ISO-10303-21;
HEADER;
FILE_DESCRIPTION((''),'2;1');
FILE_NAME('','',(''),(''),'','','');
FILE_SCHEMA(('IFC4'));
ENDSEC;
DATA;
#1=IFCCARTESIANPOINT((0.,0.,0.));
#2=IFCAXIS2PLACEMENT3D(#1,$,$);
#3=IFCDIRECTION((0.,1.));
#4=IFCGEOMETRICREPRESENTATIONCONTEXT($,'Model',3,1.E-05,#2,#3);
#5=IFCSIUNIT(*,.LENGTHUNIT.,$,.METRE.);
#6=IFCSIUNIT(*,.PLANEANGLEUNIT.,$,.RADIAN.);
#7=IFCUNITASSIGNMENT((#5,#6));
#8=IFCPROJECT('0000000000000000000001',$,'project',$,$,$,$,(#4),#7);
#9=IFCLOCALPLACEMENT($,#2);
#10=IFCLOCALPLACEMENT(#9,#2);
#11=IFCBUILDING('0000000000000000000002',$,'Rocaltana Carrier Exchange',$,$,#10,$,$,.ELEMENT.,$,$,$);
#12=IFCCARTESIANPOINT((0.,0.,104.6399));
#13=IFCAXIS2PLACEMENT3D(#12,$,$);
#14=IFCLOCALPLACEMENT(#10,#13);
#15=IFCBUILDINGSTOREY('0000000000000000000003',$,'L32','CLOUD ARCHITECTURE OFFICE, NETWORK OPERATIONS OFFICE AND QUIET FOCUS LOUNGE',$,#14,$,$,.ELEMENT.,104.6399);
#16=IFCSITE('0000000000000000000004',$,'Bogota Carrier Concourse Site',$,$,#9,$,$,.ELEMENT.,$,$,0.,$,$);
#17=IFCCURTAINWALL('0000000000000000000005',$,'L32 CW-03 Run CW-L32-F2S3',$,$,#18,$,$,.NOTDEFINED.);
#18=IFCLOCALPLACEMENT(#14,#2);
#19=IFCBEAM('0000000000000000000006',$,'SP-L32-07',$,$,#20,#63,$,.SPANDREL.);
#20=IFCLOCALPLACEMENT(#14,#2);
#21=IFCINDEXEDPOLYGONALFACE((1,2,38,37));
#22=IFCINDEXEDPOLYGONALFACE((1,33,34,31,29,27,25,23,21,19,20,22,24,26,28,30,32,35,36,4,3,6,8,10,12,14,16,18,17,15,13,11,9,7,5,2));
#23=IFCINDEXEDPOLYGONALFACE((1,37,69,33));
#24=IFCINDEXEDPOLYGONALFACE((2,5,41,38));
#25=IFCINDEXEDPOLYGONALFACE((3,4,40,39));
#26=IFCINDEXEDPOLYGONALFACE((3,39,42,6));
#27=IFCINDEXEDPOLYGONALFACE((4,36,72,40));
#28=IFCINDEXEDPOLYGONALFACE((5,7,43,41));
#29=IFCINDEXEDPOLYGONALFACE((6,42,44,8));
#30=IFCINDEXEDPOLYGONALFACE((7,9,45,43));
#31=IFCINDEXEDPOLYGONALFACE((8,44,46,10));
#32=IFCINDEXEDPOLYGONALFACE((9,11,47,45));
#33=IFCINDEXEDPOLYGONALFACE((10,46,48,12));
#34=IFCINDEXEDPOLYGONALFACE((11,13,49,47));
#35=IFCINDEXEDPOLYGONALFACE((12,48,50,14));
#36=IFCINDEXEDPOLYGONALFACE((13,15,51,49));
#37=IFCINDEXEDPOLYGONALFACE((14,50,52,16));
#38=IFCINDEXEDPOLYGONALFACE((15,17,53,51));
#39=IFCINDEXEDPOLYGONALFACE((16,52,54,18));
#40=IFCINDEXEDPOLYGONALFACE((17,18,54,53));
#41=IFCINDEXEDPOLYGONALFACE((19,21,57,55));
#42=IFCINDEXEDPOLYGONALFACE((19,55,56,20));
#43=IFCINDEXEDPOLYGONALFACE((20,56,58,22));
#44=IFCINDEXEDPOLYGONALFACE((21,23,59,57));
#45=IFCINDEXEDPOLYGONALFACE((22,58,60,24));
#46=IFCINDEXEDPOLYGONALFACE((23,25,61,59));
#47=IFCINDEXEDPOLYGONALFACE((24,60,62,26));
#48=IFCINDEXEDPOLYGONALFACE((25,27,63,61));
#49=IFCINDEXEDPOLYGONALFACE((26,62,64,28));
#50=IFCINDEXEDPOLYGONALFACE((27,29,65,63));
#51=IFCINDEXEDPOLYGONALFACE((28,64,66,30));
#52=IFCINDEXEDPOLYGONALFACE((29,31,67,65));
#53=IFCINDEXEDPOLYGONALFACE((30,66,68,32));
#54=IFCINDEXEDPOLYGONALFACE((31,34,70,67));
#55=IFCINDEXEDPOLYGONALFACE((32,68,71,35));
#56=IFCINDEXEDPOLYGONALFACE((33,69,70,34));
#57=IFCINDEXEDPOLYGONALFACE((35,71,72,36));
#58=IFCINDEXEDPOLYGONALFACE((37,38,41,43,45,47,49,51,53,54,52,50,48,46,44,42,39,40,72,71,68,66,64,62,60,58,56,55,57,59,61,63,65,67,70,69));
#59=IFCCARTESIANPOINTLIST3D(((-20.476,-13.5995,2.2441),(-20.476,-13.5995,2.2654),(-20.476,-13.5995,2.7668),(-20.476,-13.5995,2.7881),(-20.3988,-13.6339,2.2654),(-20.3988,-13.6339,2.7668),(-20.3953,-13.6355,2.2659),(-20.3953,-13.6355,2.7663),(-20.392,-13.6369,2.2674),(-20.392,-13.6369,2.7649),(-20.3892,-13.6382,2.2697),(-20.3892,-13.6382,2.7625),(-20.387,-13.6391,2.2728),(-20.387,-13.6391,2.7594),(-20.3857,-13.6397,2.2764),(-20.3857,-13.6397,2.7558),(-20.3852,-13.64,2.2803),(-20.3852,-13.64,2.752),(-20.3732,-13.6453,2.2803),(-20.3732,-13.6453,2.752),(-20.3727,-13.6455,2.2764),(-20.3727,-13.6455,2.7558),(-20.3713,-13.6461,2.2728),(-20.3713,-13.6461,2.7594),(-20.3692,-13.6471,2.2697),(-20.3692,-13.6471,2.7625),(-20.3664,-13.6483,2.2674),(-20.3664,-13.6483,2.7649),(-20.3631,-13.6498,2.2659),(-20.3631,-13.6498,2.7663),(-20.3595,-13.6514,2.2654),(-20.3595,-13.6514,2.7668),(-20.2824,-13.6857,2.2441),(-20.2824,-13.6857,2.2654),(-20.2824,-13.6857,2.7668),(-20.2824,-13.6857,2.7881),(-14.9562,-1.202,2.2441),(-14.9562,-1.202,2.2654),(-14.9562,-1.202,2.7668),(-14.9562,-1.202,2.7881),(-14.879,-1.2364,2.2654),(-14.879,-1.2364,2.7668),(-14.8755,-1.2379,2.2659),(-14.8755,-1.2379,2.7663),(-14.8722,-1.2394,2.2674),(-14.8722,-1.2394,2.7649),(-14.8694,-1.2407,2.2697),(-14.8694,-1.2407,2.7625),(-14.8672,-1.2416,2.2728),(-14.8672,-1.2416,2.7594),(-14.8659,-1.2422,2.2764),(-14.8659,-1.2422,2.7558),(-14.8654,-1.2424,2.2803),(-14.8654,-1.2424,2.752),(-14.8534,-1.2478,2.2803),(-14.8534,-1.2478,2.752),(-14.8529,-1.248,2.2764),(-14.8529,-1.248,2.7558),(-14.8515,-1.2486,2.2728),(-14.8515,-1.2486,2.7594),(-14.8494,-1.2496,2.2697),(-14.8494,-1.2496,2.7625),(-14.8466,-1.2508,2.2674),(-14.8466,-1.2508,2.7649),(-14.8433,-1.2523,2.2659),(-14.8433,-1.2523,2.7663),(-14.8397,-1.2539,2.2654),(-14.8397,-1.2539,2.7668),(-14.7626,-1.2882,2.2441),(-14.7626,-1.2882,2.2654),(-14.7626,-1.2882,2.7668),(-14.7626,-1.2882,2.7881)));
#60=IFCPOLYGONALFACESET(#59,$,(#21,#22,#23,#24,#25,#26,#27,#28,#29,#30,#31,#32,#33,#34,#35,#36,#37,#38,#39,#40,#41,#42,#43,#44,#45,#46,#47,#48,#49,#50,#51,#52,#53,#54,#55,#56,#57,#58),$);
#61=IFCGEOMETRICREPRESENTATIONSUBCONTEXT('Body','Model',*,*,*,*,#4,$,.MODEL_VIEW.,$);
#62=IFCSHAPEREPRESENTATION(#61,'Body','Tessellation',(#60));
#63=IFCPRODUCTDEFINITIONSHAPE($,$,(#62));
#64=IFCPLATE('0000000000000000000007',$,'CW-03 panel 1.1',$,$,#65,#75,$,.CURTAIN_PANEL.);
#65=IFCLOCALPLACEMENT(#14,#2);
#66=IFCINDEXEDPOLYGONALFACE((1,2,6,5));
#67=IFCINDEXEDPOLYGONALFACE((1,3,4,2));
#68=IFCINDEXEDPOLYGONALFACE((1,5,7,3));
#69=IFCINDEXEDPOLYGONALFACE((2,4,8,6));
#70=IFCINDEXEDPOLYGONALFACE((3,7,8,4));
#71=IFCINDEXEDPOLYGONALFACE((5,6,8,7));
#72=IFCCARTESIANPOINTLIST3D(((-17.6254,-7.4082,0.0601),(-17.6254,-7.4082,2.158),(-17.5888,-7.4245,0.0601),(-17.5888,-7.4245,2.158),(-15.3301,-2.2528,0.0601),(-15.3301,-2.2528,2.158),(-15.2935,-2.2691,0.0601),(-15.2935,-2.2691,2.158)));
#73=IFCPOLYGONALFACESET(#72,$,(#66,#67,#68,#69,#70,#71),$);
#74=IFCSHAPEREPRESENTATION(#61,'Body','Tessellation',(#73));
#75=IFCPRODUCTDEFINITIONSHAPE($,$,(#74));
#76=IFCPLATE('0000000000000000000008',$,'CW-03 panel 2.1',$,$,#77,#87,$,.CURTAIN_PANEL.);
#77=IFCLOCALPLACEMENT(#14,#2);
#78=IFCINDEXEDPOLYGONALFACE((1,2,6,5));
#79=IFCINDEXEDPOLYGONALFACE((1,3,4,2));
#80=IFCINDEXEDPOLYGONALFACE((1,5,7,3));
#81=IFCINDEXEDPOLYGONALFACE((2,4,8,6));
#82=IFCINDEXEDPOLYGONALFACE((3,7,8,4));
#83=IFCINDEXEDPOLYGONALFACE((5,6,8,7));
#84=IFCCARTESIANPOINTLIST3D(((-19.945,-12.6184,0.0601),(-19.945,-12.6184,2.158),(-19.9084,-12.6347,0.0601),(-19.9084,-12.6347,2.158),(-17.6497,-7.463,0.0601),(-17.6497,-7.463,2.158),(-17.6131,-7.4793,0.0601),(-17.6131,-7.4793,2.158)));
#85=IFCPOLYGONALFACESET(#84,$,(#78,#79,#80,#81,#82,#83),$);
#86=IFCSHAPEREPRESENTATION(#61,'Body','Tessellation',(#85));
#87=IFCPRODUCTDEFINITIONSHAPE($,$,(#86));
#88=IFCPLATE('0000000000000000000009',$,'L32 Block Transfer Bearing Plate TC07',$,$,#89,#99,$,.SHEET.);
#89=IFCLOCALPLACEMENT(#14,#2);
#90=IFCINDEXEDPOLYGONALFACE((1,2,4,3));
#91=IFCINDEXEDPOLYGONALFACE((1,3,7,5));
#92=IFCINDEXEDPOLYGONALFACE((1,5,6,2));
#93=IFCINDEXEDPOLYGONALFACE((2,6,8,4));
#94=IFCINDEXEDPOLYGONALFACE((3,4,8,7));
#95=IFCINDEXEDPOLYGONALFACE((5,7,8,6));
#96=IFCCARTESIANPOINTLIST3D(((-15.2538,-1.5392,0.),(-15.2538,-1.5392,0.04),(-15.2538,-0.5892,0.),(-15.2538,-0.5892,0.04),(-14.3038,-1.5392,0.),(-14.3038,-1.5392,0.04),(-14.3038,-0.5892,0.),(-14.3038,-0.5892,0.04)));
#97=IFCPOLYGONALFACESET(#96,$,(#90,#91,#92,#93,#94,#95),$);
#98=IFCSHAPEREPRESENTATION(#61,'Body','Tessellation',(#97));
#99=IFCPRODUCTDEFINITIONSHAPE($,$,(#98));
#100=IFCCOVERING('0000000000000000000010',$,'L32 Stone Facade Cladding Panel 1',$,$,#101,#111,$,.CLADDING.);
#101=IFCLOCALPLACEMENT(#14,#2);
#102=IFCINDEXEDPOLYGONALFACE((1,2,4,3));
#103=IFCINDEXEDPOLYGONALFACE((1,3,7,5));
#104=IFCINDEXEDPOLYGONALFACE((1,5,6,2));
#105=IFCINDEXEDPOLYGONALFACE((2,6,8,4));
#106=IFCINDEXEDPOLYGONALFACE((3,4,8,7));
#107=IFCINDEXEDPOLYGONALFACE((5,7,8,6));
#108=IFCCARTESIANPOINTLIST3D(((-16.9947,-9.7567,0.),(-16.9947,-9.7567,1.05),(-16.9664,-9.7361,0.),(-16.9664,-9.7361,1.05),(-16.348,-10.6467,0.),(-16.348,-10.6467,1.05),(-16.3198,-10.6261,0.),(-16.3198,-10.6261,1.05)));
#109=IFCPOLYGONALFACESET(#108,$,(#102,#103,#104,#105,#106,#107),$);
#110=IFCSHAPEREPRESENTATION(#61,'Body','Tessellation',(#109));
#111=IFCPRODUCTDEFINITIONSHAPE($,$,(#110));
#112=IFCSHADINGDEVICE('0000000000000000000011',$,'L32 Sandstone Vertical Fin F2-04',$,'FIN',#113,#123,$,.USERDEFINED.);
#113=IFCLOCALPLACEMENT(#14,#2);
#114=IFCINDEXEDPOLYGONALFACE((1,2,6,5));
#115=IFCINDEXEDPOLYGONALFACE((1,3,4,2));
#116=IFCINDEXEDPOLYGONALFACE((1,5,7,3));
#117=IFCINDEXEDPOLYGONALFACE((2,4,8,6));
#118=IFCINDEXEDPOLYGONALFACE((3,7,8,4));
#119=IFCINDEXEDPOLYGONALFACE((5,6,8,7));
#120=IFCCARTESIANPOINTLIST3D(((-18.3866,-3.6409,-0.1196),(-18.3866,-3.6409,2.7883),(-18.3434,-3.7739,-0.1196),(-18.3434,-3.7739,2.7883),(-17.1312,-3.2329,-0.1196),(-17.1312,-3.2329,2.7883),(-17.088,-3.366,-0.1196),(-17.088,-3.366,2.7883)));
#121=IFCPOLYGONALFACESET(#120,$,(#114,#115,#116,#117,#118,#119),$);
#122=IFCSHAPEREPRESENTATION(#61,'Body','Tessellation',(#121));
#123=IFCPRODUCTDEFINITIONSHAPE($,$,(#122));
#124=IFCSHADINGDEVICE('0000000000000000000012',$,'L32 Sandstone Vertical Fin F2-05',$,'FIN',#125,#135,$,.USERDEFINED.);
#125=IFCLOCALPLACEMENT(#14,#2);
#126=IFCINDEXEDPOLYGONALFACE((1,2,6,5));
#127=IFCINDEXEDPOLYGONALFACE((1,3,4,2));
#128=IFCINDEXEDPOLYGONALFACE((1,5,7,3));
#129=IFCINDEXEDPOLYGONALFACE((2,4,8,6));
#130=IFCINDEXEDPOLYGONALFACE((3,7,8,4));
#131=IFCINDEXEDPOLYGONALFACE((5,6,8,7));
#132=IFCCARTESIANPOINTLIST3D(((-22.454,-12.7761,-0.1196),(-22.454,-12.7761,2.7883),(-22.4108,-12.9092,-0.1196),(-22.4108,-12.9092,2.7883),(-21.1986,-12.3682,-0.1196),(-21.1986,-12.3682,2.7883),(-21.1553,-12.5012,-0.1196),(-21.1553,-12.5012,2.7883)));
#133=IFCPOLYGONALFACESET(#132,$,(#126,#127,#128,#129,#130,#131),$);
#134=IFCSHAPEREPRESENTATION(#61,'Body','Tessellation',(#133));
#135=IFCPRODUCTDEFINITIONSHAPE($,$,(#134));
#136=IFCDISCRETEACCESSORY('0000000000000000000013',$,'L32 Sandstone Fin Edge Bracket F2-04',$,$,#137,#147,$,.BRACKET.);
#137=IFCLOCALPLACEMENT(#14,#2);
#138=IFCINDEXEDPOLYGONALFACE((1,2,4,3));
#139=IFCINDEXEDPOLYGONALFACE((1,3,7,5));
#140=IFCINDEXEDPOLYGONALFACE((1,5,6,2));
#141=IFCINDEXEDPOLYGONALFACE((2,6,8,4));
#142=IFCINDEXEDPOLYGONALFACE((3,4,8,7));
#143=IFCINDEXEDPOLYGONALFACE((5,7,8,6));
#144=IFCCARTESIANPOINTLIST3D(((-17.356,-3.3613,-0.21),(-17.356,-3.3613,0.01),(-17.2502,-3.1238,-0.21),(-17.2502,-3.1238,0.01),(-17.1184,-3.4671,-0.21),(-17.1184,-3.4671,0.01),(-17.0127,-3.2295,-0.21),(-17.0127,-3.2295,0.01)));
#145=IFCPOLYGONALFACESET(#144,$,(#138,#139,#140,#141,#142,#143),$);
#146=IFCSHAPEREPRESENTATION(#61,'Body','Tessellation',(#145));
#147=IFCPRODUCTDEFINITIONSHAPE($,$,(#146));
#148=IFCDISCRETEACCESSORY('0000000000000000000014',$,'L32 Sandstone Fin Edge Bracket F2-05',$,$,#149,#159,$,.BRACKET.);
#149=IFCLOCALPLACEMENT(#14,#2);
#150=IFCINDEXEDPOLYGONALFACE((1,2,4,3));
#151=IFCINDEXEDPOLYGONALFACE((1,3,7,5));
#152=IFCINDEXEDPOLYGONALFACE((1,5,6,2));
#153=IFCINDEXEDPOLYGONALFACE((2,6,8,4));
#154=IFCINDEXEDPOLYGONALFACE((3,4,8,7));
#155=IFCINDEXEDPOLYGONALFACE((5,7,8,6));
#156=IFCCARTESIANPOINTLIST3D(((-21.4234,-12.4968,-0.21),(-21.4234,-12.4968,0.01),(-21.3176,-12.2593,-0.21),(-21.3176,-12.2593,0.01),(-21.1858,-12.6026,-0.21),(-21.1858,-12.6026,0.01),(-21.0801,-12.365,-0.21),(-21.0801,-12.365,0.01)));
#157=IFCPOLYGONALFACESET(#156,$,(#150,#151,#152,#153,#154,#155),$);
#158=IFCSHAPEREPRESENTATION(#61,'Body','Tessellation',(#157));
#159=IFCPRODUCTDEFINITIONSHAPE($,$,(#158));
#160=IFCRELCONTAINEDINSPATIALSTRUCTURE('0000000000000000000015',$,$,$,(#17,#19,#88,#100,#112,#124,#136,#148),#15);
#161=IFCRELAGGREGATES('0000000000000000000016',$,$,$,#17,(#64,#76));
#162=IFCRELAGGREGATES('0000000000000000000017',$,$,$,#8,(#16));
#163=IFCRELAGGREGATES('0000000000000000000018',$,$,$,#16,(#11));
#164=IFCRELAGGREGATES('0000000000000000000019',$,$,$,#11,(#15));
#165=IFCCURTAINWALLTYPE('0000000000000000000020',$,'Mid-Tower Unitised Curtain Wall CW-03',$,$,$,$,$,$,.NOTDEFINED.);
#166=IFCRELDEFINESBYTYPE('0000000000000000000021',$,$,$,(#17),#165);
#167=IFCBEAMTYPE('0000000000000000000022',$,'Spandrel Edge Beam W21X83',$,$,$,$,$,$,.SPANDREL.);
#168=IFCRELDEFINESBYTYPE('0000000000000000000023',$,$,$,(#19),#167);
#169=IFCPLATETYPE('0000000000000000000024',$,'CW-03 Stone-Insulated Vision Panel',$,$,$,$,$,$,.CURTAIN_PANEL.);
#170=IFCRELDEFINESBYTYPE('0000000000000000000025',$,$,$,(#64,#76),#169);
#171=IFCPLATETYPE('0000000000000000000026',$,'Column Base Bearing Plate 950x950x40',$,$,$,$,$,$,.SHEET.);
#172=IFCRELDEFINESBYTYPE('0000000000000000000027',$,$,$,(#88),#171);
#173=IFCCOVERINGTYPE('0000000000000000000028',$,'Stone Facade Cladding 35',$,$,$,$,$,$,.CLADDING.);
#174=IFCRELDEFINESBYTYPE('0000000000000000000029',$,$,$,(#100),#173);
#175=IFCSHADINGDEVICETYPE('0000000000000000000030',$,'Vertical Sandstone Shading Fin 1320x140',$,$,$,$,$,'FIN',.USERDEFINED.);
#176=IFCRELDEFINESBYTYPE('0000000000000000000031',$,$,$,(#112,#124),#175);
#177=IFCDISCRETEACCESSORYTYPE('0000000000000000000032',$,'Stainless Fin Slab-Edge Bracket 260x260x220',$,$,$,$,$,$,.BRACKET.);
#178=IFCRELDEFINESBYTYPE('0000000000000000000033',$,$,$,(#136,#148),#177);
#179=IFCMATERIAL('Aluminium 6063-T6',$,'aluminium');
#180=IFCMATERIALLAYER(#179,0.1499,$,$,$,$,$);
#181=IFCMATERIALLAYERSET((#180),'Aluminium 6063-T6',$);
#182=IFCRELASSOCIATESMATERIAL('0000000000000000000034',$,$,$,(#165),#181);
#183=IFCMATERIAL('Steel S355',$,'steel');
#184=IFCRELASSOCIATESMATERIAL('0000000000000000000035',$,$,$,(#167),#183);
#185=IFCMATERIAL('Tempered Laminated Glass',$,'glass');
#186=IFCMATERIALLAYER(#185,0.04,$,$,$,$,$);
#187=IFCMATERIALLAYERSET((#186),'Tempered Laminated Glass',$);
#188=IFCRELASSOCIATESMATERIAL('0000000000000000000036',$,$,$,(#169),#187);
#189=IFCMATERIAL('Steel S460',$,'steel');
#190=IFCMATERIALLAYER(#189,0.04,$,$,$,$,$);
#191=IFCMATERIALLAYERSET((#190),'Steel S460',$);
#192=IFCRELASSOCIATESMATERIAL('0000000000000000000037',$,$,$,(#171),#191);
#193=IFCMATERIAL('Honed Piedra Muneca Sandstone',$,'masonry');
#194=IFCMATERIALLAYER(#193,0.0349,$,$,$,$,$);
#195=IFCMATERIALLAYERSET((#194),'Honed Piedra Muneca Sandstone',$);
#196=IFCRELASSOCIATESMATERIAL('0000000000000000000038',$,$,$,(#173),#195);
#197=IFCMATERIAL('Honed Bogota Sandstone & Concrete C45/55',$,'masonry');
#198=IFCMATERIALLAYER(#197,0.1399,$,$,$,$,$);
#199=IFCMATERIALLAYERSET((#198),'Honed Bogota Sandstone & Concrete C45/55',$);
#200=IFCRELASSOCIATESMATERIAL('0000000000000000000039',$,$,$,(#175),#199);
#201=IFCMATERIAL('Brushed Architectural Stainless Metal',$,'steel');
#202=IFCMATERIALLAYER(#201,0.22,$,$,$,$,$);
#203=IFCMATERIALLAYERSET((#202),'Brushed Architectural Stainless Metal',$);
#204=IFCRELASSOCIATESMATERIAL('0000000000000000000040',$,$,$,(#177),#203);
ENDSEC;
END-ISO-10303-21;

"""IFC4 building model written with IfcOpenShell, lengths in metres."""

from ifc_helpers import new_model, si_unit, direction, frame, origin, origin_2d, place, context, subcontext, project, spatial, rectangle, i_section, extrude, material, layer, layer_set, material_profile, profile_set, type_object, element, aggregate, save


model = new_model("IFC4")

# Units and contexts
model_context = context("Model", 3, precision=1e-05, world=origin(), true_north=direction((0.0, 1.0)))
body_context = subcontext(model_context, "Body", "Model", "MODEL_VIEW")
ifc_project = project(units=[si_unit("LENGTHUNIT", "METRE"), si_unit("PLANEANGLEUNIT", "RADIAN")], contexts=[model_context])

# Site, building, storey
site_placement = place(None, origin())
site = spatial("IfcSite", under=ifc_project, at=site_placement, Name="Bogota Carrier Concourse Site", CompositionType="ELEMENT", RefElevation=0.0)
building_placement = place(site_placement, origin())
building = spatial("IfcBuilding", under=site, at=building_placement, Name="Rocaltana Carrier Exchange", CompositionType="ELEMENT")
storey_placement = place(building_placement, frame((0.0, 0.0, 104.6399)))
storey = spatial("IfcBuildingStorey", under=building, at=storey_placement, Name="L32", Description="CLOUD ARCHITECTURE OFFICE, NETWORK OPERATIONS OFFICE AND QUIET FOCUS LOUNGE", CompositionType="ELEMENT", Elevation=104.6399)

# Curtain wall
ifc_material_1 = material(Name="Aluminium 6063-T6", Category="aluminium")
ifc_layer_1 = layer(ifc_material_1, 0.1499)
ifc_layer_set_1 = layer_set([ifc_layer_1], Name="Aluminium 6063-T6")
curtain_wall_type = type_object("IfcCurtainWallType", Name="Mid-Tower Unitised Curtain Wall CW-03", PredefinedType="NOTDEFINED", material=ifc_layer_set_1)
curtain_wall_placement = place(storey_placement, origin())
curtain_wall = element("IfcCurtainWall", 1, at=curtain_wall_placement, inside=storey, type_object=curtain_wall_type, Name="L32 CW-03 Run CW-L32-F2S3", PredefinedType="NOTDEFINED")

# Beam
ifc_material_2 = material(Name="Steel S355", Category="steel")
ifc_material_profile_1 = material_profile(ifc_material_2, i_section(OverallWidth=0.2119, OverallDepth=0.5439, WebThickness=0.0132, FlangeThickness=0.0212, FilletRadius=0.0149, at=origin_2d()), Name="W21X83")
ifc_profile_set_1 = profile_set([ifc_material_profile_1], Name="Steel S355")
beam_type_1 = type_object("IfcBeamType", Name="Spandrel Edge Beam W21X83", PredefinedType="SPANDREL", material=ifc_profile_set_1)
beam_1_placement = place(storey_placement, frame((-14.8594, -1.2451, 2.5161), z_axis=(-0.406741, -0.913544, 0.0), x_axis=(0.913544, -0.406741, 0.0)))
element("IfcBeam", 2, at=beam_1_placement, inside=storey, type_object=beam_type_1, Name="SP-L32-07", PredefinedType="SPANDREL", context=body_context, shape_type="SweptSolid", body=[
    extrude(i_section(OverallWidth=0.2119, OverallDepth=0.5439, WebThickness=0.0132, FlangeThickness=0.0212, FilletRadius=0.0149, at=origin_2d()), origin(), (0.0, 0.0, 1.0), 13.5708),
])

# Plates
ifc_material_3 = material(Name="Tempered Laminated Glass", Category="glass")
ifc_layer_2 = layer(ifc_material_3, 0.04)
ifc_layer_set_2 = layer_set([ifc_layer_2], Name="Tempered Laminated Glass")
plate_type_1 = type_object("IfcPlateType", Name="CW-03 Stone-Insulated Vision Panel", PredefinedType="CURTAIN_PANEL", material=ifc_layer_set_2)
plate_1_placement = place(storey_placement, frame((-16.4595, -4.8386, 0.0601), z_axis=(0.0, 0.0, 1.0), x_axis=(-0.406733, -0.913547, 0.0)))
plate_1 = element("IfcPlate", 3, at=plate_1_placement, type_object=plate_type_1, Name="CW-03 panel 1.1", PredefinedType="CURTAIN_PANEL", context=body_context, shape_type="SweptSolid", body=[
    extrude(rectangle(XDim=5.6433, YDim=0.04, at=origin_2d()), origin(), (0.0, 0.0, 1.0), 2.0979),
])
plate_2_placement = place(storey_placement, frame((-18.7791, -10.0488, 0.0601), z_axis=(0.0, 0.0, 1.0), x_axis=(-0.406733, -0.913547, 0.0)))
plate_2 = element("IfcPlate", 4, at=plate_2_placement, type_object=plate_type_1, Name="CW-03 panel 2.1", PredefinedType="CURTAIN_PANEL", context=body_context, shape_type="SweptSolid", body=[
    extrude(rectangle(XDim=5.6433, YDim=0.04, at=origin_2d()), origin(), (0.0, 0.0, 1.0), 2.0979),
])
aggregate(curtain_wall, [plate_1, plate_2])
ifc_material_4 = material(Name="Steel S460", Category="steel")
ifc_layer_3 = layer(ifc_material_4, 0.04)
ifc_layer_set_3 = layer_set([ifc_layer_3], Name="Steel S460")
plate_type_2 = type_object("IfcPlateType", Name="Column Base Bearing Plate 950x950x40", PredefinedType="SHEET", material=ifc_layer_set_3)
plate_3_placement = place(storey_placement, frame((-14.7788, -1.0642, 0.0), z_axis=(0.0, 0.0, 1.0), x_axis=(1.0, 0.0, 0.0)))
element("IfcPlate", 5, at=plate_3_placement, inside=storey, type_object=plate_type_2, Name="L32 Block Transfer Bearing Plate TC07", PredefinedType="SHEET", context=body_context, shape_type="SweptSolid", body=[
    extrude(rectangle(XDim=0.95, YDim=0.95, at=origin_2d()), origin(), (0.0, 0.0, 1.0), 0.04),
])

# Covering
ifc_material_5 = material(Name="Honed Piedra Muneca Sandstone", Category="masonry")
ifc_layer_4 = layer(ifc_material_5, 0.0349)
ifc_layer_set_4 = layer_set([ifc_layer_4], Name="Honed Piedra Muneca Sandstone")
covering_type = type_object("IfcCoveringType", Name="Stone Facade Cladding 35", PredefinedType="CLADDING", material=ifc_layer_set_4)
covering_placement = place(storey_placement, frame((-16.6572, -10.1914, 0.0), z_axis=(0.0, 0.0, 1.0), x_axis=(-0.587785, 0.809017, 0.0)))
element("IfcCovering", 6, at=covering_placement, inside=storey, type_object=covering_type, Name="L32 Stone Facade Cladding Panel 1", PredefinedType="CLADDING", context=body_context, shape_type="SweptSolid", body=[
    extrude(rectangle(XDim=1.1001, YDim=0.0349, at=origin_2d()), origin(), (0.0, 0.0, 1.0), 1.05),
])

# Shading devices
ifc_material_6 = material(Name="Honed Bogota Sandstone & Concrete C45/55", Category="masonry")
ifc_layer_5 = layer(ifc_material_6, 0.1399)
ifc_layer_set_5 = layer_set([ifc_layer_5], Name="Honed Bogota Sandstone & Concrete C45/55")
shading_device_type = type_object("IfcShadingDeviceType", Name="Vertical Sandstone Shading Fin 1320x140", ElementType="FIN", PredefinedType="USERDEFINED", material=ifc_layer_set_5)
for number, where, z_axis, x_axis, name in (
    (7, (-17.7373, -3.5034, -0.1196), (0.0, 0.0, 1.0), (-0.951057, -0.309017, 0.0), "L32 Sandstone Vertical Fin F2-04"),
    (8, (-21.8047, -12.6387, -0.1196), (0.0, 0.0, 1.0), (-0.951057, -0.309017, 0.0), "L32 Sandstone Vertical Fin F2-05"),
):
    element("IfcShadingDevice", number, at=place(storey_placement, frame(where, z_axis=z_axis, x_axis=x_axis)), inside=storey, type_object=shading_device_type, Name=name, ObjectType="FIN", PredefinedType="USERDEFINED", context=body_context, shape_type="SweptSolid", body=[
        extrude(rectangle(XDim=1.3201, YDim=0.1399, at=origin_2d()), origin(), (0.0, 0.0, 1.0), 2.908),
    ])

# Discrete accessories
ifc_material_7 = material(Name="Brushed Architectural Stainless Metal", Category="steel")
ifc_layer_6 = layer(ifc_material_7, 0.22)
ifc_layer_set_6 = layer_set([ifc_layer_6], Name="Brushed Architectural Stainless Metal")
discrete_accessory_type = type_object("IfcDiscreteAccessoryType", Name="Stainless Fin Slab-Edge Bracket 260x260x220", PredefinedType="BRACKET", material=ifc_layer_set_6)
for number, where, z_axis, x_axis, name in (
    (9, (-17.1843, -3.2954, -0.21), (0.0, 0.0, 1.0), (-0.406737, -0.913545, 0.0), "L32 Sandstone Fin Edge Bracket F2-04"),
    (10, (-21.2517, -12.4309, -0.21), (0.0, 0.0, 1.0), (-0.406737, -0.913545, 0.0), "L32 Sandstone Fin Edge Bracket F2-05"),
):
    element("IfcDiscreteAccessory", number, at=place(storey_placement, frame(where, z_axis=z_axis, x_axis=x_axis)), inside=storey, type_object=discrete_accessory_type, Name=name, PredefinedType="BRACKET", context=body_context, shape_type="SweptSolid", body=[
        extrude(rectangle(XDim=0.26, YDim=0.26, at=origin_2d()), origin(), (0.0, 0.0, 1.0), 0.22),
    ])

save(model, "model.ifc")
